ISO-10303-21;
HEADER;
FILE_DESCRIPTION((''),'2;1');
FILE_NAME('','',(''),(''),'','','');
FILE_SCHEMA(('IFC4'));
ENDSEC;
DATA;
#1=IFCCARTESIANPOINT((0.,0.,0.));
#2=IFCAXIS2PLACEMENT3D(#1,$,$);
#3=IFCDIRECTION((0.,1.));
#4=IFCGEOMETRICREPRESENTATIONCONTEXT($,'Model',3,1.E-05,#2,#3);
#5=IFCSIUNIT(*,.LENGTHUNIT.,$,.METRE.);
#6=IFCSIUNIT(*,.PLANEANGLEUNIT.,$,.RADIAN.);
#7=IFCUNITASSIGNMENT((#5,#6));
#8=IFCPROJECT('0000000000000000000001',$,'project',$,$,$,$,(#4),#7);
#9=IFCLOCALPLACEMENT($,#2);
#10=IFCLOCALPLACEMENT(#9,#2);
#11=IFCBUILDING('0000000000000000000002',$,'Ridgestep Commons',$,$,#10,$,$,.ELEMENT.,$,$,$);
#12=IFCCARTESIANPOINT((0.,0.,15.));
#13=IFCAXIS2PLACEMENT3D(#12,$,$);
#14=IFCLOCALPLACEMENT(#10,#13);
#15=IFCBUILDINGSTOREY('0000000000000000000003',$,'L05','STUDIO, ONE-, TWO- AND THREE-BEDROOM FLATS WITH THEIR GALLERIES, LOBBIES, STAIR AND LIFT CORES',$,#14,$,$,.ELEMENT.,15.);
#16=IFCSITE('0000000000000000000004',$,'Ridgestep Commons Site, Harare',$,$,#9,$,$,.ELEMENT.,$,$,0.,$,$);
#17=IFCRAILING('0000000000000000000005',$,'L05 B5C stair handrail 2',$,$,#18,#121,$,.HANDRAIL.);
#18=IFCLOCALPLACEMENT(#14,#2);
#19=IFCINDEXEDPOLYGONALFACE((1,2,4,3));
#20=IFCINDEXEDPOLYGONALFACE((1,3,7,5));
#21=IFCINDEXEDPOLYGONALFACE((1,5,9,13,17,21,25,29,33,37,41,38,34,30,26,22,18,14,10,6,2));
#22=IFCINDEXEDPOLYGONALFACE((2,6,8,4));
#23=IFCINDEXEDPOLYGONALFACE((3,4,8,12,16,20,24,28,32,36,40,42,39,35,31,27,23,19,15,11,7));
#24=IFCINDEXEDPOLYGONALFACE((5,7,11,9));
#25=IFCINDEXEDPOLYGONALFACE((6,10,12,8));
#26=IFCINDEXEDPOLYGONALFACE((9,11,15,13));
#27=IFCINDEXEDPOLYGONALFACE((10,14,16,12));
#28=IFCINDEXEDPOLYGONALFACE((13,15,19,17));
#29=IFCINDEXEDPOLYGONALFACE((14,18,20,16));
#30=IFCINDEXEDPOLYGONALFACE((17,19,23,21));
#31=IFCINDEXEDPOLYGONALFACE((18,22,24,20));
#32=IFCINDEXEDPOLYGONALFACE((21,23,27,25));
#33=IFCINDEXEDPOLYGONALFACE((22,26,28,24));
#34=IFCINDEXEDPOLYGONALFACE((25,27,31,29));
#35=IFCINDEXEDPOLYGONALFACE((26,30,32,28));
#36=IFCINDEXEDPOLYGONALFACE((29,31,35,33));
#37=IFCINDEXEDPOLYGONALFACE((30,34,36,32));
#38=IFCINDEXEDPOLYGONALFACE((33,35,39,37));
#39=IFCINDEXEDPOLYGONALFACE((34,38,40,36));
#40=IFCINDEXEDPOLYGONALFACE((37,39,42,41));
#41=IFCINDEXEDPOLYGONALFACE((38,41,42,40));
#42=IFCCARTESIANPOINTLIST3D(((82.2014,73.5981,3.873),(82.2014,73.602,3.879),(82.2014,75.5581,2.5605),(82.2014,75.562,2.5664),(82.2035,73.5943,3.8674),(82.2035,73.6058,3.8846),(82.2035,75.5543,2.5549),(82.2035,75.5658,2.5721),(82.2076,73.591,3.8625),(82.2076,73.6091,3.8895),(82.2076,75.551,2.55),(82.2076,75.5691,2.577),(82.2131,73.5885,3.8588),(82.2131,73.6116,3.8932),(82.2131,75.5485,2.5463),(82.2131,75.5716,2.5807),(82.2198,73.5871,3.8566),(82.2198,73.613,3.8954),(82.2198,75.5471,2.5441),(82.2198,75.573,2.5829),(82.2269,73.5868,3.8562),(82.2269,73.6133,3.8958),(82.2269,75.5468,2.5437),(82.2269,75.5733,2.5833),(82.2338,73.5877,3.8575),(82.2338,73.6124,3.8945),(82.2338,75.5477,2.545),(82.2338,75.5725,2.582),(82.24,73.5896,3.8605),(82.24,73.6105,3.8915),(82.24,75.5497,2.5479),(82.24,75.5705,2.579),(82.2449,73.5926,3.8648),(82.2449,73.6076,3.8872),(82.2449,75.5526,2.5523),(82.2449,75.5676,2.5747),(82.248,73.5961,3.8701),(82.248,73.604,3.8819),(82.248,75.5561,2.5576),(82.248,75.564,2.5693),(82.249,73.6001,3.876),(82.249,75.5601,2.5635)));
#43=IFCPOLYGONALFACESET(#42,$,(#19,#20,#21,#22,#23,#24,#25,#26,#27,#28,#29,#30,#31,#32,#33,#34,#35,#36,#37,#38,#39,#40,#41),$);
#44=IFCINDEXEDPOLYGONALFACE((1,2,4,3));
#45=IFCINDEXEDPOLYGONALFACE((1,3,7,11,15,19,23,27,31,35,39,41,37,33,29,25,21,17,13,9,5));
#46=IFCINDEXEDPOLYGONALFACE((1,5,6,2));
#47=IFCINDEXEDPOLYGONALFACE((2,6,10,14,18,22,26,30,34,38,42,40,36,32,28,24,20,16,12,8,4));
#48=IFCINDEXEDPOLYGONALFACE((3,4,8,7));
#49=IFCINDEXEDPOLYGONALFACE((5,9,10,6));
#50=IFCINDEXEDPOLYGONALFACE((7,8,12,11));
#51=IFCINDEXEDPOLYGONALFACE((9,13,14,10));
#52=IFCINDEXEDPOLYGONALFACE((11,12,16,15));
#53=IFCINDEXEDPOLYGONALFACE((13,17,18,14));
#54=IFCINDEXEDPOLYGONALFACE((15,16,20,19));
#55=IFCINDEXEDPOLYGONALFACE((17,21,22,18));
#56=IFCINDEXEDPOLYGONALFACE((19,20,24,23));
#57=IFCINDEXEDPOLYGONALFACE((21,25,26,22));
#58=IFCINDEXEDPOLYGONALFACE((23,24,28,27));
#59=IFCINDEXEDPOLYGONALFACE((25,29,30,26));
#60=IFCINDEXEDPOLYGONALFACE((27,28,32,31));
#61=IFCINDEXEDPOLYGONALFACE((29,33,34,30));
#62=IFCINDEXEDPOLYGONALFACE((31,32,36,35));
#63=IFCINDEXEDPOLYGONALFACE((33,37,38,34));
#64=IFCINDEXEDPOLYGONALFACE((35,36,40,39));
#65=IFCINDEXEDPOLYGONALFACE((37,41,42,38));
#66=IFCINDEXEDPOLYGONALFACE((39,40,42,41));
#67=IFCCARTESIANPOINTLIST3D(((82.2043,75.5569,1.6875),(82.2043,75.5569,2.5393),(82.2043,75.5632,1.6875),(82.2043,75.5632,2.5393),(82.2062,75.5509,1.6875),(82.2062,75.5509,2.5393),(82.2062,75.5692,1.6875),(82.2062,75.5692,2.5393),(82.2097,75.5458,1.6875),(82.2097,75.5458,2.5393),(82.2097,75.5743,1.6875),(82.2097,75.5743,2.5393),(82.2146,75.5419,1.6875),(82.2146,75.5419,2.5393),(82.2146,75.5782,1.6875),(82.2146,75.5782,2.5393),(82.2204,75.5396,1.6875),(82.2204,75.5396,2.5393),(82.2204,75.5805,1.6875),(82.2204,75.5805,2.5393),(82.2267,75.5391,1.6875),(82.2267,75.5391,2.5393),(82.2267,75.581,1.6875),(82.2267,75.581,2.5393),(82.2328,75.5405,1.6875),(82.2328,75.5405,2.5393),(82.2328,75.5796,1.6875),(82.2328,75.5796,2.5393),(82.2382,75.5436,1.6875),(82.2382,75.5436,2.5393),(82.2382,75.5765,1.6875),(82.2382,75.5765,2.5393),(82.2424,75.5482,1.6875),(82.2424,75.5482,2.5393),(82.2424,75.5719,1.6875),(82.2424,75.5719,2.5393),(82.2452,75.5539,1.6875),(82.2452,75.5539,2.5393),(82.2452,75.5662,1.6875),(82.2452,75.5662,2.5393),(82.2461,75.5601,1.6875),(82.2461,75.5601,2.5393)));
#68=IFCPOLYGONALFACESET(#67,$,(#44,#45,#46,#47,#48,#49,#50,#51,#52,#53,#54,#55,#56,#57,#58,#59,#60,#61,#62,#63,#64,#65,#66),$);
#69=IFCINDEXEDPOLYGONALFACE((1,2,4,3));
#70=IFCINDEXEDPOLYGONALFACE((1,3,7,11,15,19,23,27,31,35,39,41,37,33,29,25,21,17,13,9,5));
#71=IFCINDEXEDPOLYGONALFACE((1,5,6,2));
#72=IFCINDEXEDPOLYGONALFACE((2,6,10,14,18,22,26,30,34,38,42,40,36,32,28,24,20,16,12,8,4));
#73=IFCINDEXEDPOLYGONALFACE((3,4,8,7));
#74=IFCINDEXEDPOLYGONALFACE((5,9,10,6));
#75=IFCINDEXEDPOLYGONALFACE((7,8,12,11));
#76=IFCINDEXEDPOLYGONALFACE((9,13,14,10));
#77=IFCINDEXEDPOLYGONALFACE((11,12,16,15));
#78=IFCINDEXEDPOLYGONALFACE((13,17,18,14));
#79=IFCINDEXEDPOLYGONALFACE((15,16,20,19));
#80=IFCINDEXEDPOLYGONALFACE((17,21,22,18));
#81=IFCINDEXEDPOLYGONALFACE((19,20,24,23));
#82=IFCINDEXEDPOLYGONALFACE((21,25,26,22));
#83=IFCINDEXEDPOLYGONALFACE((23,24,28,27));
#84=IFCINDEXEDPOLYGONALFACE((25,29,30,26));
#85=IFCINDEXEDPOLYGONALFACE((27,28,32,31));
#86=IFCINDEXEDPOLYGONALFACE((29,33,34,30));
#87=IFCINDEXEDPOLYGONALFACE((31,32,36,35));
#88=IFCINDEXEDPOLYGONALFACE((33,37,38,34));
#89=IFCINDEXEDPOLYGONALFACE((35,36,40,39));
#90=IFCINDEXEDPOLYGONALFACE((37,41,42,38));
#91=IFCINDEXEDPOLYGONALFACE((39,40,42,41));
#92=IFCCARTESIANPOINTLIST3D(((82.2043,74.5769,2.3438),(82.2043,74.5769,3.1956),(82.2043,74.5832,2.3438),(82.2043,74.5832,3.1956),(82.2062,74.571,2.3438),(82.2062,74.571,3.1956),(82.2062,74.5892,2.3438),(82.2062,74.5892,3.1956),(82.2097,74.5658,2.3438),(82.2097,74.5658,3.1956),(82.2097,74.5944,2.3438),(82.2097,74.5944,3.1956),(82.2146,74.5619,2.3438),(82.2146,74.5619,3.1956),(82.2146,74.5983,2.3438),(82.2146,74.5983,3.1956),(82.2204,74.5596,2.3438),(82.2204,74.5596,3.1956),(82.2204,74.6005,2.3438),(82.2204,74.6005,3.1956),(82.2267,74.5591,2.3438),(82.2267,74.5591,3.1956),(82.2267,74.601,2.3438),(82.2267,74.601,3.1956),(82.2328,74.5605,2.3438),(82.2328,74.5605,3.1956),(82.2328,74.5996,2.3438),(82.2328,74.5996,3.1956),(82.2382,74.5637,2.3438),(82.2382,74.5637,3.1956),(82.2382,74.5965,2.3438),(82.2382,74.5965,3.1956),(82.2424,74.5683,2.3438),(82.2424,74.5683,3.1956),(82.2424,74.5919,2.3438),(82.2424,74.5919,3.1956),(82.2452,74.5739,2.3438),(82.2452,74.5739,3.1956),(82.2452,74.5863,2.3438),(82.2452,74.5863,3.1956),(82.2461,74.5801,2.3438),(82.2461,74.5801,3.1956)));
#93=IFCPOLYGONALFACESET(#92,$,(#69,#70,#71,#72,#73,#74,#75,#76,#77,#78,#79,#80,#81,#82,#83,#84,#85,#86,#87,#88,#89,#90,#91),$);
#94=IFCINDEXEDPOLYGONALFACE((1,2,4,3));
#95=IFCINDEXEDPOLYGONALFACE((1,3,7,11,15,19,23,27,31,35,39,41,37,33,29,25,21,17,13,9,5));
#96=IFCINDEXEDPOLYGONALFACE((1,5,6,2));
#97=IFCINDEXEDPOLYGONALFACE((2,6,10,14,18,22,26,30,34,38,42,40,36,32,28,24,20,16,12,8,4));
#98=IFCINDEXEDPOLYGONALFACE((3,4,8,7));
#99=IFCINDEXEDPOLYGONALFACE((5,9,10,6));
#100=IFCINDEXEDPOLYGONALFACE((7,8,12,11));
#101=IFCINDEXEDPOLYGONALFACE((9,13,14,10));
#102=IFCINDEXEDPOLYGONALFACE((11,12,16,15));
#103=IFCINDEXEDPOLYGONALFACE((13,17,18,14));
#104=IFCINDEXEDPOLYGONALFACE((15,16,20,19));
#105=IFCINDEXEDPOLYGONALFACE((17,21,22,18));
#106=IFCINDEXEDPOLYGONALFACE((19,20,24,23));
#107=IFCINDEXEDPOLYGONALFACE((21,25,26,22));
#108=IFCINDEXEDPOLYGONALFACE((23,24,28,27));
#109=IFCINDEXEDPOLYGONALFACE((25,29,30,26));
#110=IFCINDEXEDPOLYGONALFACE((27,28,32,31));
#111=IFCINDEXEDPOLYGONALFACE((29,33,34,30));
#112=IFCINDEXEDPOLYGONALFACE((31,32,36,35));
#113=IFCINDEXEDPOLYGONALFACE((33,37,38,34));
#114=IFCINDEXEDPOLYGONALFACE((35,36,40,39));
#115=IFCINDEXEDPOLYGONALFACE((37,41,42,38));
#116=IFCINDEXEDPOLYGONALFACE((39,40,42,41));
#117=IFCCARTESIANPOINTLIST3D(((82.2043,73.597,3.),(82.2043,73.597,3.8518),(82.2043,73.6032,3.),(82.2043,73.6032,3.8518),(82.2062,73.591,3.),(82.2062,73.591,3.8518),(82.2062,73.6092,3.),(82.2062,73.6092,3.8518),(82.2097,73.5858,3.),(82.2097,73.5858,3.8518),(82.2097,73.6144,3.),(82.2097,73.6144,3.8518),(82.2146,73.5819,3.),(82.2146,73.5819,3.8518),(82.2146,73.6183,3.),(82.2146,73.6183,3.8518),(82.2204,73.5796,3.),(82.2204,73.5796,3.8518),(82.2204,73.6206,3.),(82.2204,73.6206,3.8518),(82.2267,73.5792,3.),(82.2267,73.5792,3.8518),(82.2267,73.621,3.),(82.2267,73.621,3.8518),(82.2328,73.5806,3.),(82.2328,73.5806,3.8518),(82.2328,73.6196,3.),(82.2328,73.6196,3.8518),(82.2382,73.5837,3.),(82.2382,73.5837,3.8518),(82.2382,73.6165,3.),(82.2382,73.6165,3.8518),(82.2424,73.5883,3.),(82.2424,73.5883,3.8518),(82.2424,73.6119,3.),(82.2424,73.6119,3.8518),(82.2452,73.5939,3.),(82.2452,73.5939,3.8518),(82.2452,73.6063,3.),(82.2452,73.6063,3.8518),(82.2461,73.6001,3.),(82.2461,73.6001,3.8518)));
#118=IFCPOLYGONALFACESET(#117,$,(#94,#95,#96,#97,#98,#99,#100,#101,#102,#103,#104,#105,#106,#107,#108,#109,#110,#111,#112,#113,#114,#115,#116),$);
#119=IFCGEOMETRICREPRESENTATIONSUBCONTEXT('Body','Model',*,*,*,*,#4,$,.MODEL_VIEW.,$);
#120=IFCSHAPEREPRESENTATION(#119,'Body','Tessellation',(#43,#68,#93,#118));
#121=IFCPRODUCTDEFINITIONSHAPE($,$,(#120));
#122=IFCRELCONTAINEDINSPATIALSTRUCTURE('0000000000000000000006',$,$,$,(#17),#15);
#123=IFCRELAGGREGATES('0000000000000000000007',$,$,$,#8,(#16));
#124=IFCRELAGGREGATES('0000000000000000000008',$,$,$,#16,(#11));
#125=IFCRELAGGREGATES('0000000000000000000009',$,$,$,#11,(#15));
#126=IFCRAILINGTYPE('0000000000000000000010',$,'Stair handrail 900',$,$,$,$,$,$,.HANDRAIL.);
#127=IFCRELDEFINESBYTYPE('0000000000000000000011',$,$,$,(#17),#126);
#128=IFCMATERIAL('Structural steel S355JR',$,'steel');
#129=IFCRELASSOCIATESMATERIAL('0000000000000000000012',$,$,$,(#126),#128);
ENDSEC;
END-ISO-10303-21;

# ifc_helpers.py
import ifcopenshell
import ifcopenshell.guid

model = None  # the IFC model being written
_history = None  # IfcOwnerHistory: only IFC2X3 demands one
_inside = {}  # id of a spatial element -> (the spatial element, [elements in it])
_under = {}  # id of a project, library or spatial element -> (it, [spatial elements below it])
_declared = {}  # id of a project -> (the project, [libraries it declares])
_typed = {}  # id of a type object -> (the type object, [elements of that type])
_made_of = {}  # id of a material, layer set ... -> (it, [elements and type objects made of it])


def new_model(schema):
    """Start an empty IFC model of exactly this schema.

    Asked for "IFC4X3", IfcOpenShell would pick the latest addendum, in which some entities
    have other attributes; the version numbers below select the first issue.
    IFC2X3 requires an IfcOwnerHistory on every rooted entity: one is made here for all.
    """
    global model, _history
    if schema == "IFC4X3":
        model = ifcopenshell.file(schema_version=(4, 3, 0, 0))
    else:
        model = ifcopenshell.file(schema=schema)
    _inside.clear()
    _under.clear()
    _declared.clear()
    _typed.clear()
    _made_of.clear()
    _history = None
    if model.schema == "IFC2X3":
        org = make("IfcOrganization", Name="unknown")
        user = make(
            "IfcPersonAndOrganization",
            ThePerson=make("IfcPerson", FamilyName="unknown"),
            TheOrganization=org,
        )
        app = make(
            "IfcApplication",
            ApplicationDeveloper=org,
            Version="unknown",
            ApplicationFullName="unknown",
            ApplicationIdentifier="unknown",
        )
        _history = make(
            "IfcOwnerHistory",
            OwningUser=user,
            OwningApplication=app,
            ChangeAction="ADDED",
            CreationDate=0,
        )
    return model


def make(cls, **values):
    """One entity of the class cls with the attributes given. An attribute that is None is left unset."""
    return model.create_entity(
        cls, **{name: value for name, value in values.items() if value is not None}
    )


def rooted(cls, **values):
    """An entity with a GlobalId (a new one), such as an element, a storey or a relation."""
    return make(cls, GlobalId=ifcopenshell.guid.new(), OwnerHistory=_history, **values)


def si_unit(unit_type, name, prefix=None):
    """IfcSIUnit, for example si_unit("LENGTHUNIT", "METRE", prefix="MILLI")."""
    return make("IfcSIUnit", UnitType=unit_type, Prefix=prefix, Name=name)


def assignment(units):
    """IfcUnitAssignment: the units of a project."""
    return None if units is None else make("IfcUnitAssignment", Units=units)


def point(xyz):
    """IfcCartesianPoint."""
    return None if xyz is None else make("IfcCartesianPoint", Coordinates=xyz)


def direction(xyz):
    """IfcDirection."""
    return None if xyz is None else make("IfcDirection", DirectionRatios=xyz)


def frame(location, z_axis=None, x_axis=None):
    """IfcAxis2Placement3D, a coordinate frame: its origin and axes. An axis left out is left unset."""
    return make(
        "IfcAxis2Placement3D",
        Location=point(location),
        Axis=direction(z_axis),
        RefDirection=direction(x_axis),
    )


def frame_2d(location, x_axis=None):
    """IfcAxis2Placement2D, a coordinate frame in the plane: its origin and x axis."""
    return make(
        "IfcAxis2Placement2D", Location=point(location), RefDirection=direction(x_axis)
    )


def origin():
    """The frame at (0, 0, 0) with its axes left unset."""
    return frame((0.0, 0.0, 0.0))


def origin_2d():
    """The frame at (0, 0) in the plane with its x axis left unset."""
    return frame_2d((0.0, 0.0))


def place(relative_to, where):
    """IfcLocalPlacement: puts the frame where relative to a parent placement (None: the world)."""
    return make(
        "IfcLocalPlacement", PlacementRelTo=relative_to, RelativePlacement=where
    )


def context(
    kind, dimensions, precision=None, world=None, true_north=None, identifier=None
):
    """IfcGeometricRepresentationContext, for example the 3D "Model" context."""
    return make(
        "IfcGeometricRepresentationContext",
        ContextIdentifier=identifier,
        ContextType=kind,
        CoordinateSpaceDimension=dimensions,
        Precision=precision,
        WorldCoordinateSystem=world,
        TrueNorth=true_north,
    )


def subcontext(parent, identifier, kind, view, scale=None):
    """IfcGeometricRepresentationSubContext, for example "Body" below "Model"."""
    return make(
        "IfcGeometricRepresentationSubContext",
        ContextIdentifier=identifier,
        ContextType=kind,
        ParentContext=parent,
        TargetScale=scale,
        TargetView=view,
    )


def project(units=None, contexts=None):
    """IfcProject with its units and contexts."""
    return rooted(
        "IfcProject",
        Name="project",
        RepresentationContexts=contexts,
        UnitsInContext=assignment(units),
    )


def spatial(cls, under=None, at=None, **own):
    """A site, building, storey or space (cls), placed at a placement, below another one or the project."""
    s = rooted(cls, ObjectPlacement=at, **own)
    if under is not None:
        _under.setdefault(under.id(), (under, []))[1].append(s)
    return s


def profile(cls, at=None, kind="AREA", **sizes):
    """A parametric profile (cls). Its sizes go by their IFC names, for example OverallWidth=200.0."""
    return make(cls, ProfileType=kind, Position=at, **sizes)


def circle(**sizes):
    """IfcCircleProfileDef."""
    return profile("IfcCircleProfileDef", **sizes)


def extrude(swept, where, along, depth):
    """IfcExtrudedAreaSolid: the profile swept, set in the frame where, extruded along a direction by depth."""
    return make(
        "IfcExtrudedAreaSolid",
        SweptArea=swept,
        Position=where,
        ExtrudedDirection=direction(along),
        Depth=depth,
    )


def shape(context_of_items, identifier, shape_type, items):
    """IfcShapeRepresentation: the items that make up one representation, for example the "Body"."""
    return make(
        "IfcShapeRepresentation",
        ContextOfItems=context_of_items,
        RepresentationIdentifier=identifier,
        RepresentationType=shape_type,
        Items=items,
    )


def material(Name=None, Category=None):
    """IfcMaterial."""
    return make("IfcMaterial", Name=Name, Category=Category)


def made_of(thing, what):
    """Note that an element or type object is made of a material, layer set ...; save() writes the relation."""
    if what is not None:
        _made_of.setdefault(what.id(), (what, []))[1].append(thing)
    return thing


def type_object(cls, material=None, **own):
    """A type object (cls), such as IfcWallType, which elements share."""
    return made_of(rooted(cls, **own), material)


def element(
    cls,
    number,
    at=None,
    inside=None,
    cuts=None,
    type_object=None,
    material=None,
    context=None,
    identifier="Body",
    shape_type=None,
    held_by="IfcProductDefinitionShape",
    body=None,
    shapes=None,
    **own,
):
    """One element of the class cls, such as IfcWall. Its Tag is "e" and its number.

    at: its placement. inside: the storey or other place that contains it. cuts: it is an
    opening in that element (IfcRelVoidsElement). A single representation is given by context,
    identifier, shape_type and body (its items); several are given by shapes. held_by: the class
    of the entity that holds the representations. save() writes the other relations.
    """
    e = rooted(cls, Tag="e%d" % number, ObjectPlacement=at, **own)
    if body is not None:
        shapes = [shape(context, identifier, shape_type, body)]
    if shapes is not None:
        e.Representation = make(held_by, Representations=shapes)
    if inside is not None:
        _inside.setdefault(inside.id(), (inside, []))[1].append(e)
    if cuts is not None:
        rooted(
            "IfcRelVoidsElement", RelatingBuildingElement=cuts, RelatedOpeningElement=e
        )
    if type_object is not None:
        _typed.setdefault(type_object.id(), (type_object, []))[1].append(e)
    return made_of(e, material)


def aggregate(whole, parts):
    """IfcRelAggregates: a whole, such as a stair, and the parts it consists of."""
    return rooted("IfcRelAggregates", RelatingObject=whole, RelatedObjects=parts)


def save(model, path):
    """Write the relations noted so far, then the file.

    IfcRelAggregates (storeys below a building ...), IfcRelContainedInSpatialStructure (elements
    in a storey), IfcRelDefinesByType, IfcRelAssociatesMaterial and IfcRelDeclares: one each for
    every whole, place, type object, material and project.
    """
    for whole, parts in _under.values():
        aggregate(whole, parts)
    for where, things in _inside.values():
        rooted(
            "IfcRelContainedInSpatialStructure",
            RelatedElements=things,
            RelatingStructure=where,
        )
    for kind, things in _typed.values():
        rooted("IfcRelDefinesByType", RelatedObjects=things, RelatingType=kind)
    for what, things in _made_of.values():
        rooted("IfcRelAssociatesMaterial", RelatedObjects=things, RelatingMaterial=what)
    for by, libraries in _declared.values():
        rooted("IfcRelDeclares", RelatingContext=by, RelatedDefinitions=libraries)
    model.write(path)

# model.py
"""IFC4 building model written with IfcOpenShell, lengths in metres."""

from ifc_helpers import new_model, si_unit, direction, frame, origin, origin_2d, place, context, subcontext, project, spatial, circle, extrude, material, type_object, element, save


model = new_model("IFC4")

# Units and contexts
model_context = context("Model", 3, precision=1e-05, world=origin(), true_north=direction((0.0, 1.0)))
body_context = subcontext(model_context, "Body", "Model", "MODEL_VIEW")
ifc_project = project(units=[si_unit("LENGTHUNIT", "METRE"), si_unit("PLANEANGLEUNIT", "RADIAN")], contexts=[model_context])

# Site, building, storey
site_placement = place(None, origin())
site = spatial("IfcSite", under=ifc_project, at=site_placement, Name="Ridgestep Commons Site, Harare", CompositionType="ELEMENT", RefElevation=0.0)
building_placement = place(site_placement, origin())
building = spatial("IfcBuilding", under=site, at=building_placement, Name="Ridgestep Commons", CompositionType="ELEMENT")
storey_placement = place(building_placement, frame((0.0, 0.0, 15.0)))
storey = spatial("IfcBuildingStorey", under=building, at=storey_placement, Name="L05", Description="STUDIO, ONE-, TWO- AND THREE-BEDROOM FLATS WITH THEIR GALLERIES, LOBBIES, STAIR AND LIFT CORES", CompositionType="ELEMENT", Elevation=15.0)

# Railing
ifc_material_1 = material(Name="Structural steel S355JR", Category="steel")
railing_type_1 = type_object("IfcRailingType", Name="Stair handrail 900", PredefinedType="HANDRAIL", material=ifc_material_1)
railing_1_placement = place(storey_placement, frame((82.2251, 75.5601, 1.6875)))
element("IfcRailing", 1, at=railing_1_placement, inside=storey, type_object=railing_type_1, Name="L05 B5C stair handrail 2", PredefinedType="HANDRAIL", context=body_context, shape_type="SweptSolid", body=[
    extrude(circle(Radius=0.0239, at=origin_2d()), frame((0.0, 0.0, 0.876), z_axis=(0.0, -0.830902, 0.556419), x_axis=(1.0, 0.0, 0.0)), (0.0, 0.0, 1.0), 2.3589),
    extrude(circle(Radius=0.021, at=origin_2d()), origin(), (0.0, 0.0, 1.0), 0.8518),
    extrude(circle(Radius=0.021, at=origin_2d()), frame((0.0, -0.98, 0.6562)), (0.0, 0.0, 1.0), 0.8518),
    extrude(circle(Radius=0.021, at=origin_2d()), frame((0.0, -1.96, 1.3125)), (0.0, 0.0, 1.0), 0.8518),
])

save(model, "model.ifc")
